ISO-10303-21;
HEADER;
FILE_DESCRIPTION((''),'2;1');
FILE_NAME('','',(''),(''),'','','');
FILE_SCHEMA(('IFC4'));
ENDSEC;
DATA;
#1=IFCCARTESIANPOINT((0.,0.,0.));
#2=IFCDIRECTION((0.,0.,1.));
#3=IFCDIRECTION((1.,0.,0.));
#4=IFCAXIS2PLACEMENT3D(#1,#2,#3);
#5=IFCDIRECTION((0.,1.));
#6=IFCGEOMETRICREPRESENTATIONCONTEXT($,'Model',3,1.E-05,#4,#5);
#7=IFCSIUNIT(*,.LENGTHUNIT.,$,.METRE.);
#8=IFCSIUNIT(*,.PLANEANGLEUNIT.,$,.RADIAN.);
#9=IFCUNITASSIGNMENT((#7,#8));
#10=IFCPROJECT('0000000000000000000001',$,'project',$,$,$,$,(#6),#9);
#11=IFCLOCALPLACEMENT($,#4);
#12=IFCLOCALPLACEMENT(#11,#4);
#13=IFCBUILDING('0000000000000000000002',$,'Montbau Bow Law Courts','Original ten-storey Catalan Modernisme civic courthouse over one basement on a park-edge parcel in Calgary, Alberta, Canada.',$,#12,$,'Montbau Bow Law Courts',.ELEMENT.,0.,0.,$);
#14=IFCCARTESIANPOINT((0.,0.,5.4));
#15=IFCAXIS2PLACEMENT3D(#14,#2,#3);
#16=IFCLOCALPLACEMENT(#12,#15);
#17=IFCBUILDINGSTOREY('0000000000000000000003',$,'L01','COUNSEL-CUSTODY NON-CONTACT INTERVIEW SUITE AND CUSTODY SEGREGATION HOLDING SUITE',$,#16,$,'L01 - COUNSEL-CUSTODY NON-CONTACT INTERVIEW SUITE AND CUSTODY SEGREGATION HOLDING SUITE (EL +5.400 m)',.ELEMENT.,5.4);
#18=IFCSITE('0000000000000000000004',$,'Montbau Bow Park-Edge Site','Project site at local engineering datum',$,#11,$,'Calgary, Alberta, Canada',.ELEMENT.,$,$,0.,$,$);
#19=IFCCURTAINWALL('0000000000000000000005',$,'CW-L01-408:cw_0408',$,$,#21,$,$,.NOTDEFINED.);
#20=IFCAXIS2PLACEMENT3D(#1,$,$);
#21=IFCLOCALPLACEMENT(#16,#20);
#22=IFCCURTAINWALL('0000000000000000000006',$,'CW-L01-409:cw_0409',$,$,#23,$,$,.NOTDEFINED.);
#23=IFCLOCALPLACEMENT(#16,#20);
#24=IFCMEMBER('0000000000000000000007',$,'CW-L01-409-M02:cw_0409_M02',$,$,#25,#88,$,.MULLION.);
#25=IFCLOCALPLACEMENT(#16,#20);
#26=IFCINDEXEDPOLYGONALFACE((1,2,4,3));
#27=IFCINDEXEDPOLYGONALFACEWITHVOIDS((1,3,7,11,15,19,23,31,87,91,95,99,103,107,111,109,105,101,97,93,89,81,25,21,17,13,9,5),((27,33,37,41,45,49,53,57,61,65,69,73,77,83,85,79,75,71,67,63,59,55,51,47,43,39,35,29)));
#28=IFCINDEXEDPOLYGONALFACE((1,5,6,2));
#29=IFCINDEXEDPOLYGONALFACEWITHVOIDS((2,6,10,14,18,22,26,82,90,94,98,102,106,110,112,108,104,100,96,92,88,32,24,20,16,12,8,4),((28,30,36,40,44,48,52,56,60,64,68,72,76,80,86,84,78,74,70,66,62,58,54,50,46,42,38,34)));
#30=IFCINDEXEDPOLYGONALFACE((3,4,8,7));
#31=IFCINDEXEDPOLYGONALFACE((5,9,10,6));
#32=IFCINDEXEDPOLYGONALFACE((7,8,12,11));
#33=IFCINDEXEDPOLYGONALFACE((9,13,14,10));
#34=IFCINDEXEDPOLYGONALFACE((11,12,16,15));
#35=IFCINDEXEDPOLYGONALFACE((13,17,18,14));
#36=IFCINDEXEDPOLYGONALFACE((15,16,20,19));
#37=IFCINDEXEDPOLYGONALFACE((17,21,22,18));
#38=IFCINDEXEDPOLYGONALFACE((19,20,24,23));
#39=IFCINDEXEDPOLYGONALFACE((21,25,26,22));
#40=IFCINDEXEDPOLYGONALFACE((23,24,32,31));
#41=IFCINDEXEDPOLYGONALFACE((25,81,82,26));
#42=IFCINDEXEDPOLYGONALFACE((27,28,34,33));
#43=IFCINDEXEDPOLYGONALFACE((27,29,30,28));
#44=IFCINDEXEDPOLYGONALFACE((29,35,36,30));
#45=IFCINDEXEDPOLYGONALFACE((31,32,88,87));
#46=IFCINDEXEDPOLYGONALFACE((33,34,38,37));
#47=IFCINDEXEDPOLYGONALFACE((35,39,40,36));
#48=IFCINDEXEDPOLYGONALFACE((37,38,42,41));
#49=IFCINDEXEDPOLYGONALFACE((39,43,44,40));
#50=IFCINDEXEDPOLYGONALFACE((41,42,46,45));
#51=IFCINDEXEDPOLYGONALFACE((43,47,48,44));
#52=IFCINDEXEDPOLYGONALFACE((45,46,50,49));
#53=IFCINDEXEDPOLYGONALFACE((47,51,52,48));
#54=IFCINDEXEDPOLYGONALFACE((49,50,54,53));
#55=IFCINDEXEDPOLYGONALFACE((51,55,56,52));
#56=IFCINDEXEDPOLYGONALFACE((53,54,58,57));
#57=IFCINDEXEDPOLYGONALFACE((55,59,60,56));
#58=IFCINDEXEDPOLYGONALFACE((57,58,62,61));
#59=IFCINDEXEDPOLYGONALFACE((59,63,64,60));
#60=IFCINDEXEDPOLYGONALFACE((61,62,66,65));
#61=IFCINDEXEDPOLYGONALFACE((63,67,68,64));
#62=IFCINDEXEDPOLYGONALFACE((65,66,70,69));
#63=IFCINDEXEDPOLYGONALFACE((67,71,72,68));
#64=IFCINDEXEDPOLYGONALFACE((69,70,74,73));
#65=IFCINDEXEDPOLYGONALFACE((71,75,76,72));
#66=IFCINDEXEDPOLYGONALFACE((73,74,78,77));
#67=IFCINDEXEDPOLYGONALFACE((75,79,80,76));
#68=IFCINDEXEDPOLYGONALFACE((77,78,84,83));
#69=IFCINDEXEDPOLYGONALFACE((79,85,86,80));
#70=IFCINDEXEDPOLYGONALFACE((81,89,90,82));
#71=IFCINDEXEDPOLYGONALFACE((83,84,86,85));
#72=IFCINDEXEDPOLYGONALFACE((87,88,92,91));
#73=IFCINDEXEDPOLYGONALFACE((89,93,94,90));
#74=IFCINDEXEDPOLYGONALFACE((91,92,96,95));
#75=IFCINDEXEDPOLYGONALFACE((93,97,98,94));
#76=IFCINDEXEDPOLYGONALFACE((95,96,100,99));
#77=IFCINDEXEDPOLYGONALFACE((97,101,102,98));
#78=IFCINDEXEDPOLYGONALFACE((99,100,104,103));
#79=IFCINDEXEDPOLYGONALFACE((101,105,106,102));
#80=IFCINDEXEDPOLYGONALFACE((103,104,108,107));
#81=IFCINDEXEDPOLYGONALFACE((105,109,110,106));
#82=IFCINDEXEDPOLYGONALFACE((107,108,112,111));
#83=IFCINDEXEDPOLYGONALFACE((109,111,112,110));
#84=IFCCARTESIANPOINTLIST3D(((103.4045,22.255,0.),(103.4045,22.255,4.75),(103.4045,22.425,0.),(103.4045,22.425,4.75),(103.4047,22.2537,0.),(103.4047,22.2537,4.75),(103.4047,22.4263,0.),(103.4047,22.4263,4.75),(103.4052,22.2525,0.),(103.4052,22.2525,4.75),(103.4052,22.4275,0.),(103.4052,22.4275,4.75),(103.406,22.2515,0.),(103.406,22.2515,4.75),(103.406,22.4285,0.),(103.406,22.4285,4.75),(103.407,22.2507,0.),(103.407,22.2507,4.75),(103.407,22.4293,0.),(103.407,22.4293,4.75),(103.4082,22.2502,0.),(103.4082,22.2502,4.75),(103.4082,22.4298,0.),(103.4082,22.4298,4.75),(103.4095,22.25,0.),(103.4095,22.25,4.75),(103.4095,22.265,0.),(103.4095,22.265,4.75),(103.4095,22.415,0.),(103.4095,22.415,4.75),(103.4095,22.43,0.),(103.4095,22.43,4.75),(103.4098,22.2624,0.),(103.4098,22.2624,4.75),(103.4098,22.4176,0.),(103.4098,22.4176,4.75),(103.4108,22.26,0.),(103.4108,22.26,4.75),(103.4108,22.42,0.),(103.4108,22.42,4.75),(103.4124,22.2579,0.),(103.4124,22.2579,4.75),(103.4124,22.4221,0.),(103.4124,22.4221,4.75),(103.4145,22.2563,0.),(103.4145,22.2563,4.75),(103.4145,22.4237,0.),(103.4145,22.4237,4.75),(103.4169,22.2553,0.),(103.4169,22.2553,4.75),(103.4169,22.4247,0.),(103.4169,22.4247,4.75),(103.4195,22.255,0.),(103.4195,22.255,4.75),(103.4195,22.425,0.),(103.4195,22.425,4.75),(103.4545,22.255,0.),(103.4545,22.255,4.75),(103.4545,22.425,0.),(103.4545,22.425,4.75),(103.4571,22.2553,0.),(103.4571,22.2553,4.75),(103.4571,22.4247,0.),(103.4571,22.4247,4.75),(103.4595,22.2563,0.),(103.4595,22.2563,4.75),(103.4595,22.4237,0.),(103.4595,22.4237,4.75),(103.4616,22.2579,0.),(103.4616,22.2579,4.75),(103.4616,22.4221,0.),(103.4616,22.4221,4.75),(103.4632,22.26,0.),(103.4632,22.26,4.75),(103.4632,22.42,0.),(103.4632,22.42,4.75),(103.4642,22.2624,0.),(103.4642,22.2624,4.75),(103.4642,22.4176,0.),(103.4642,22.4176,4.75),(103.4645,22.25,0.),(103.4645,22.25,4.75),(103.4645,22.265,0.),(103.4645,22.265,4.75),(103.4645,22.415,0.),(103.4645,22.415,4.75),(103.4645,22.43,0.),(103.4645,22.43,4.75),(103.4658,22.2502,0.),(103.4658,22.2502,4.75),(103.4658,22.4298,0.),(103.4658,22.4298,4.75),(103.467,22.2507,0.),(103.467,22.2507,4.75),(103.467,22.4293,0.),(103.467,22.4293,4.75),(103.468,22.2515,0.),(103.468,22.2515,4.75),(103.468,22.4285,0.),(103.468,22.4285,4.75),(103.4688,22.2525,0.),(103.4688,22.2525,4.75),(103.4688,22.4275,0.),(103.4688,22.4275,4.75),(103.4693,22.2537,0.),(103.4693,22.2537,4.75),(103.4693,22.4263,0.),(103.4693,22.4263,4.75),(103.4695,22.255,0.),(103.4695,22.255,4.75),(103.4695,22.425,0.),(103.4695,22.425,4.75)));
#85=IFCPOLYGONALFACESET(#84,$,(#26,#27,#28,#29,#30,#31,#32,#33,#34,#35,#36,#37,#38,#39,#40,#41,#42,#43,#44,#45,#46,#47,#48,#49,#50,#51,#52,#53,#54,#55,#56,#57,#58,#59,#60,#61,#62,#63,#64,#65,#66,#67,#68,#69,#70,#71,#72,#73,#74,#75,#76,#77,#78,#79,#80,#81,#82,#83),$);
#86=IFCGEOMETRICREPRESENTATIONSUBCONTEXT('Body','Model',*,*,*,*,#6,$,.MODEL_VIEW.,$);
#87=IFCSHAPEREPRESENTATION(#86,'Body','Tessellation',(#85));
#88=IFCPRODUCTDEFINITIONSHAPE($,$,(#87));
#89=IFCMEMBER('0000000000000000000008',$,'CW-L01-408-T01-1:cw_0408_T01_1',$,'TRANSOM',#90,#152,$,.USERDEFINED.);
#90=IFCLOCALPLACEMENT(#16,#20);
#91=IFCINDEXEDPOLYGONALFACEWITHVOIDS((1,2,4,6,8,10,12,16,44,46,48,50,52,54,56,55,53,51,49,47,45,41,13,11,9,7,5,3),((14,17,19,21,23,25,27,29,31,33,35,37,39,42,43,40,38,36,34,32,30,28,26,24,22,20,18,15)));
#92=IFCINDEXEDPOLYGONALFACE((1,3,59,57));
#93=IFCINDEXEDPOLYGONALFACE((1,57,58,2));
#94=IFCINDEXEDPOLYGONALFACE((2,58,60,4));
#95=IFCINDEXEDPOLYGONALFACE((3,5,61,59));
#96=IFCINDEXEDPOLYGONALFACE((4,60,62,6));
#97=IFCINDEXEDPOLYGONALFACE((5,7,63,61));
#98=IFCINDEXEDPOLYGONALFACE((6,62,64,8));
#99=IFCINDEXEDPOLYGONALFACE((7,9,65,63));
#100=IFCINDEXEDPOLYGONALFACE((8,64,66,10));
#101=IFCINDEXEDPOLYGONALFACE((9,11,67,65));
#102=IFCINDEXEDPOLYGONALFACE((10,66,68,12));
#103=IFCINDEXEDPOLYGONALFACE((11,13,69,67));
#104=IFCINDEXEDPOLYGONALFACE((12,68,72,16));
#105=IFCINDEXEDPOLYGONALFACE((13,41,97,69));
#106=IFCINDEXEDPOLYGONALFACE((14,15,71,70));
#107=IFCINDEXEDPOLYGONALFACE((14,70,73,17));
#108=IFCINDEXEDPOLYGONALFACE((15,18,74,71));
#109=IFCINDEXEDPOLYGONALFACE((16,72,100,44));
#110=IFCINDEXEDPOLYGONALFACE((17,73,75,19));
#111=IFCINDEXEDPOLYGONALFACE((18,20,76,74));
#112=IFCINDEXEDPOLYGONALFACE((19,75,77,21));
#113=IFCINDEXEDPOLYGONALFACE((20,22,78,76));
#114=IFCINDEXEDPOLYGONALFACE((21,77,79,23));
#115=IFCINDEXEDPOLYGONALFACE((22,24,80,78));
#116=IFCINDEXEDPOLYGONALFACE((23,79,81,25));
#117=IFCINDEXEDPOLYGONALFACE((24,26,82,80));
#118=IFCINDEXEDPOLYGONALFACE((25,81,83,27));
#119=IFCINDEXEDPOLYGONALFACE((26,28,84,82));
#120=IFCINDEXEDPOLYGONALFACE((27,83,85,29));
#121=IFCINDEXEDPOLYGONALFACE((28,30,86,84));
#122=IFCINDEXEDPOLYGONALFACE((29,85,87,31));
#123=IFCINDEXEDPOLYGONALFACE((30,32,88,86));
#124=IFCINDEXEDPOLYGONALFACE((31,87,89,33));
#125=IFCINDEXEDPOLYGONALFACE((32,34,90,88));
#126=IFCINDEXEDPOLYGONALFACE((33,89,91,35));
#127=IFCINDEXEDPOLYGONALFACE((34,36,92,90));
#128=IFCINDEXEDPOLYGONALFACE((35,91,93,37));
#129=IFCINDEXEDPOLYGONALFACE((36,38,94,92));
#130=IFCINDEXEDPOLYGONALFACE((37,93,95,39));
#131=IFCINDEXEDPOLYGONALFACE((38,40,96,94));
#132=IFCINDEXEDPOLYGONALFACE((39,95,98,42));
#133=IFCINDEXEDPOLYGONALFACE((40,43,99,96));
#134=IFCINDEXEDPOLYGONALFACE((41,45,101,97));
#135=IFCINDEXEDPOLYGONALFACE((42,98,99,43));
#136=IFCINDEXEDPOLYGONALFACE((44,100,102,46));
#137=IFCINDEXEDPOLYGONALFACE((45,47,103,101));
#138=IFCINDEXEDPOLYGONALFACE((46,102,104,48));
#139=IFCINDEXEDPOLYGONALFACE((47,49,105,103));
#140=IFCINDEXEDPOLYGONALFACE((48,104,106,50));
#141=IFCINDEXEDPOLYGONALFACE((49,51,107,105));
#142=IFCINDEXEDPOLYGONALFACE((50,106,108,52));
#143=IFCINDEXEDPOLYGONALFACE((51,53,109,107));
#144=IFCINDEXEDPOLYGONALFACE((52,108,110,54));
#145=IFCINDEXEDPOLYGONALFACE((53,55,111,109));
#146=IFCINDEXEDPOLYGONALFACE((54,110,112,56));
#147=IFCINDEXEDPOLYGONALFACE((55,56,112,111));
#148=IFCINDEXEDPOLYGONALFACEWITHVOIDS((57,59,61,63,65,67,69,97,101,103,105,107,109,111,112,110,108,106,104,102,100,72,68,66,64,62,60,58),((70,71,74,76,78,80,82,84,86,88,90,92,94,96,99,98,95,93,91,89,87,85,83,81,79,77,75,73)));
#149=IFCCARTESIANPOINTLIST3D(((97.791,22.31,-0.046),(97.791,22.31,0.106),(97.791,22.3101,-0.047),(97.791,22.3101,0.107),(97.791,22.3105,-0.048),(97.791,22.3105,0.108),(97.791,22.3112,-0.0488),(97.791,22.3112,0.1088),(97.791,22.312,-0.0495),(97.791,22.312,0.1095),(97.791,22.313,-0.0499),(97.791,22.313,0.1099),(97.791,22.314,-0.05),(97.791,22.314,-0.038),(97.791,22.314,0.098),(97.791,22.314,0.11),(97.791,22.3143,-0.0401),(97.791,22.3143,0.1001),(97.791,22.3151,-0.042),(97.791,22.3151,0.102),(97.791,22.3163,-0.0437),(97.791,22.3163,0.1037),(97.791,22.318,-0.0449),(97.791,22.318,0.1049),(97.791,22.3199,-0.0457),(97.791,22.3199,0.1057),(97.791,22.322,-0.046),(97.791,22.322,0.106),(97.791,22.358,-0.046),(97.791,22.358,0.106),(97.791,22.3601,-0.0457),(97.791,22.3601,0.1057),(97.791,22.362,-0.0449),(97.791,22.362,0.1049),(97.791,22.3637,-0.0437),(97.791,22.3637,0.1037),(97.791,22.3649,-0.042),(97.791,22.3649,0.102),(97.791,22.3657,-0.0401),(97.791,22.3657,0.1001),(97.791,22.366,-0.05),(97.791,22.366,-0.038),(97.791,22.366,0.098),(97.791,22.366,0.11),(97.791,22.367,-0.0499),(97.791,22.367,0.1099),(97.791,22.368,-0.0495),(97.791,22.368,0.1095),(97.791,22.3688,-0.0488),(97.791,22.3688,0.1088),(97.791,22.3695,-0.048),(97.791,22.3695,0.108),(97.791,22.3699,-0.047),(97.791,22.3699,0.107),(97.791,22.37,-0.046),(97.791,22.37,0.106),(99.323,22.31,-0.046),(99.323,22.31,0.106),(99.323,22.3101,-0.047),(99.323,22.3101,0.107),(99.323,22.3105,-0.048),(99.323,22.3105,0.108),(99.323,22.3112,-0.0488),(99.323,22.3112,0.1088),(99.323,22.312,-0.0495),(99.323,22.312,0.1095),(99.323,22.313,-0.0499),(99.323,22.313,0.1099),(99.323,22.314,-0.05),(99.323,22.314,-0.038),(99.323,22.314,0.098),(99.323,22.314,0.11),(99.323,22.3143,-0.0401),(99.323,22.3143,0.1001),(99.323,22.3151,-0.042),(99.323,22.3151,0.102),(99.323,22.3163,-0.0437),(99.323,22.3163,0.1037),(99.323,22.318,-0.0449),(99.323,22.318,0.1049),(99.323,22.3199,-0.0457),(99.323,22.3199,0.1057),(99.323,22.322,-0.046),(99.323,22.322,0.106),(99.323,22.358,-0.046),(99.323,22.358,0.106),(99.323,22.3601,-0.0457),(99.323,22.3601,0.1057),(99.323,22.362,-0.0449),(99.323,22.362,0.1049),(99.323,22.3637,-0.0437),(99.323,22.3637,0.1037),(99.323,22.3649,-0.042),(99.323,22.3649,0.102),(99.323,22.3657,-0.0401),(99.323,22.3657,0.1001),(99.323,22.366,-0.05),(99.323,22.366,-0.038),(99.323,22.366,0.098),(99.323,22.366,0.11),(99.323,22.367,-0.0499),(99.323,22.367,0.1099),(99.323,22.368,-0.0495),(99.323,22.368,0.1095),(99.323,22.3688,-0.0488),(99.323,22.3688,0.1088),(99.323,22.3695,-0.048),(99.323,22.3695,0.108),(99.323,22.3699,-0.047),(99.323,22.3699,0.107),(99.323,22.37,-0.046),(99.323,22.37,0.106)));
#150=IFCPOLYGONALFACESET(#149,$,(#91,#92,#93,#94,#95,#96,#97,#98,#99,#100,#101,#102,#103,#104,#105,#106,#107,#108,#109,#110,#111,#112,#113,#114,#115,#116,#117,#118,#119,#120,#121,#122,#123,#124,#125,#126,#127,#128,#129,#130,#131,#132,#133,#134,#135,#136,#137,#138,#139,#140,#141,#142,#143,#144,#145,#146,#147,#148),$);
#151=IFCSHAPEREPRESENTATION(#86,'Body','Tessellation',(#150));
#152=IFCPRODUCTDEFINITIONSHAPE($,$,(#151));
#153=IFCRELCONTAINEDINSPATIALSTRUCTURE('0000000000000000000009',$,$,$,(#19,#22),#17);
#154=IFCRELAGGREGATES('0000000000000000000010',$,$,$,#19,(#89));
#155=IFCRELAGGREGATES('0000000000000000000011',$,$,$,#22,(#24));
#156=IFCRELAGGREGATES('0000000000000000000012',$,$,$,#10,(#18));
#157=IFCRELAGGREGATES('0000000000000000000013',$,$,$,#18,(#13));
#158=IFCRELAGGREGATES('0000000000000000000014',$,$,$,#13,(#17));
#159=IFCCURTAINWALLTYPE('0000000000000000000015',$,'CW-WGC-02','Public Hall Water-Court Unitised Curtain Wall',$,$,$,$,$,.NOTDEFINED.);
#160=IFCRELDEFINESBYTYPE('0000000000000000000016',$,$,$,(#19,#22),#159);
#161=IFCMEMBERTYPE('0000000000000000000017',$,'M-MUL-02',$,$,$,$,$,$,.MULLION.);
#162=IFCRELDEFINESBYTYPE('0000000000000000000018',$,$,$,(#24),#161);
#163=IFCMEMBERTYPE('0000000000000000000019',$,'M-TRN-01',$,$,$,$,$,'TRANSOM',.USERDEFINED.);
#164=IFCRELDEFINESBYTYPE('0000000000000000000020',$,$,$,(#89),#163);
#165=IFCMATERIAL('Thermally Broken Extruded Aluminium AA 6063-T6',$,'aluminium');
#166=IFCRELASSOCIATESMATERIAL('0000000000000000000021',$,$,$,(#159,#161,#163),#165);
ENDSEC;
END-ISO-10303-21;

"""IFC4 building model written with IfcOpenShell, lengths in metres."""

from ifc_helpers import new_model, si_unit, direction, frame, origin_with_axes, origin_2d_with_axis, place, context, subcontext, project, spatial, hollow_rectangle, extrude, material, material_profile, profile_set, type_object, element, aggregate, save


model = new_model("IFC4")

# Units and contexts
model_context = context("Model", 3, precision=1e-05, world=origin_with_axes(), true_north=direction((0.0, 1.0)))
body_context = subcontext(model_context, "Body", "Model", "MODEL_VIEW")
ifc_project = project(units=[si_unit("LENGTHUNIT", "METRE"), si_unit("PLANEANGLEUNIT", "RADIAN")], contexts=[model_context])

# Site, building, storey
site_placement = place(None, origin_with_axes())
site = spatial("IfcSite", under=ifc_project, at=site_placement, Name="Montbau Bow Park-Edge Site", Description="Project site at local engineering datum", LongName="Calgary, Alberta, Canada", CompositionType="ELEMENT", RefElevation=0.0)
building_placement = place(site_placement, origin_with_axes())
building = spatial("IfcBuilding", under=site, at=building_placement, Name="Montbau Bow Law Courts", Description="Original ten-storey Catalan Modernisme civic courthouse over one basement on a park-edge parcel in Calgary, Alberta, Canada.", LongName="Montbau Bow Law Courts", CompositionType="ELEMENT", ElevationOfRefHeight=0.0, ElevationOfTerrain=0.0)
storey_placement = place(building_placement, frame((0.0, 0.0, 5.4), z_axis=(0.0, 0.0, 1.0), x_axis=(1.0, 0.0, 0.0)))
storey = spatial("IfcBuildingStorey", under=building, at=storey_placement, Name="L01", Description="COUNSEL-CUSTODY NON-CONTACT INTERVIEW SUITE AND CUSTODY SEGREGATION HOLDING SUITE", LongName="L01 - COUNSEL-CUSTODY NON-CONTACT INTERVIEW SUITE AND CUSTODY SEGREGATION HOLDING SUITE (EL +5.400 m)", CompositionType="ELEMENT", Elevation=5.4)

# Curtain walls, member
ifc_material_1 = material(Name="Thermally Broken Extruded Aluminium AA 6063-T6", Category="aluminium")
curtain_wall_type = type_object("IfcCurtainWallType", Name="CW-WGC-02", Description="Public Hall Water-Court Unitised Curtain Wall", PredefinedType="NOTDEFINED", material=ifc_material_1)
curtain_wall_1_placement = place(None, frame((97.715, 22.34, 5.4), z_axis=(0.0, 0.0, 1.0), x_axis=(1.0, 0.0, 0.0)))
curtain_wall_1 = element("IfcCurtainWall", 1, at=curtain_wall_1_placement, inside=storey, type_object=curtain_wall_type, Name="CW-L01-408:cw_0408", PredefinedType="NOTDEFINED")
curtain_wall_2_placement = place(None, frame((101.79, 22.34, 5.4), z_axis=(0.0, 0.0, 1.0), x_axis=(1.0, 0.0, 0.0)))
curtain_wall_2 = element("IfcCurtainWall", 2, at=curtain_wall_2_placement, inside=storey, type_object=curtain_wall_type, Name="CW-L01-409:cw_0409", PredefinedType="NOTDEFINED")
ifc_material_profile_1 = material_profile(ifc_material_1, hollow_rectangle(XDim=0.065, YDim=0.18, WallThickness=0.005, InnerFilletRadius=0.01, OuterFilletRadius=0.005, at=origin_2d_with_axis()), Name="CWM-180X65", Category="Main", Priority=0)
ifc_profile_set_1 = profile_set([ifc_material_profile_1], Name="Thermally Broken Extruded Aluminium AA 6063-T6")
member_type_1 = type_object("IfcMemberType", Name="M-MUL-02", PredefinedType="MULLION", material=ifc_profile_set_1)
member_1_placement = place(None, frame((103.437, 22.34, 5.4), z_axis=(0.0, 0.0, 1.0), x_axis=(1.0, 0.0, 0.0)))
member_1 = element("IfcMember", 3, at=member_1_placement, type_object=member_type_1, Name="CW-L01-409-M02:cw_0409_M02", PredefinedType="MULLION", context=body_context, shape_type="SweptSolid", body=[
    extrude(hollow_rectangle(XDim=0.065, YDim=0.18, WallThickness=0.005, InnerFilletRadius=0.01, OuterFilletRadius=0.005, at=origin_2d_with_axis()), origin_with_axes(), (0.0, 0.0, 1.0), 4.75),
])

# Member
ifc_material_profile_2 = material_profile(ifc_material_1, hollow_rectangle(XDim=0.06, YDim=0.16, WallThickness=0.004, InnerFilletRadius=0.008, OuterFilletRadius=0.004, at=origin_2d_with_axis()), Name="CWT-160X60", Category="Main", Priority=0)
ifc_profile_set_2 = profile_set([ifc_material_profile_2], Name="Thermally Broken Extruded Aluminium AA 6063-T6")
member_type_2 = type_object("IfcMemberType", Name="M-TRN-01", ElementType="TRANSOM", PredefinedType="USERDEFINED", material=ifc_profile_set_2)
member_2_placement = place(None, frame((97.791, 22.34, 5.43), z_axis=(1.0, 0.0, 0.0), x_axis=(0.0, 1.0, 0.0)))
member_2 = element("IfcMember", 4, at=member_2_placement, type_object=member_type_2, Name="CW-L01-408-T01-1:cw_0408_T01_1", ObjectType="TRANSOM", PredefinedType="USERDEFINED", context=body_context, shape_type="SweptSolid", body=[
    extrude(hollow_rectangle(XDim=0.06, YDim=0.16, WallThickness=0.004, InnerFilletRadius=0.008, OuterFilletRadius=0.004, at=origin_2d_with_axis()), origin_with_axes(), (0.0, 0.0, 1.0), 1.532),
])

aggregate(curtain_wall_1, [member_2])
aggregate(curtain_wall_2, [member_1])

save(model, "model.ifc")
